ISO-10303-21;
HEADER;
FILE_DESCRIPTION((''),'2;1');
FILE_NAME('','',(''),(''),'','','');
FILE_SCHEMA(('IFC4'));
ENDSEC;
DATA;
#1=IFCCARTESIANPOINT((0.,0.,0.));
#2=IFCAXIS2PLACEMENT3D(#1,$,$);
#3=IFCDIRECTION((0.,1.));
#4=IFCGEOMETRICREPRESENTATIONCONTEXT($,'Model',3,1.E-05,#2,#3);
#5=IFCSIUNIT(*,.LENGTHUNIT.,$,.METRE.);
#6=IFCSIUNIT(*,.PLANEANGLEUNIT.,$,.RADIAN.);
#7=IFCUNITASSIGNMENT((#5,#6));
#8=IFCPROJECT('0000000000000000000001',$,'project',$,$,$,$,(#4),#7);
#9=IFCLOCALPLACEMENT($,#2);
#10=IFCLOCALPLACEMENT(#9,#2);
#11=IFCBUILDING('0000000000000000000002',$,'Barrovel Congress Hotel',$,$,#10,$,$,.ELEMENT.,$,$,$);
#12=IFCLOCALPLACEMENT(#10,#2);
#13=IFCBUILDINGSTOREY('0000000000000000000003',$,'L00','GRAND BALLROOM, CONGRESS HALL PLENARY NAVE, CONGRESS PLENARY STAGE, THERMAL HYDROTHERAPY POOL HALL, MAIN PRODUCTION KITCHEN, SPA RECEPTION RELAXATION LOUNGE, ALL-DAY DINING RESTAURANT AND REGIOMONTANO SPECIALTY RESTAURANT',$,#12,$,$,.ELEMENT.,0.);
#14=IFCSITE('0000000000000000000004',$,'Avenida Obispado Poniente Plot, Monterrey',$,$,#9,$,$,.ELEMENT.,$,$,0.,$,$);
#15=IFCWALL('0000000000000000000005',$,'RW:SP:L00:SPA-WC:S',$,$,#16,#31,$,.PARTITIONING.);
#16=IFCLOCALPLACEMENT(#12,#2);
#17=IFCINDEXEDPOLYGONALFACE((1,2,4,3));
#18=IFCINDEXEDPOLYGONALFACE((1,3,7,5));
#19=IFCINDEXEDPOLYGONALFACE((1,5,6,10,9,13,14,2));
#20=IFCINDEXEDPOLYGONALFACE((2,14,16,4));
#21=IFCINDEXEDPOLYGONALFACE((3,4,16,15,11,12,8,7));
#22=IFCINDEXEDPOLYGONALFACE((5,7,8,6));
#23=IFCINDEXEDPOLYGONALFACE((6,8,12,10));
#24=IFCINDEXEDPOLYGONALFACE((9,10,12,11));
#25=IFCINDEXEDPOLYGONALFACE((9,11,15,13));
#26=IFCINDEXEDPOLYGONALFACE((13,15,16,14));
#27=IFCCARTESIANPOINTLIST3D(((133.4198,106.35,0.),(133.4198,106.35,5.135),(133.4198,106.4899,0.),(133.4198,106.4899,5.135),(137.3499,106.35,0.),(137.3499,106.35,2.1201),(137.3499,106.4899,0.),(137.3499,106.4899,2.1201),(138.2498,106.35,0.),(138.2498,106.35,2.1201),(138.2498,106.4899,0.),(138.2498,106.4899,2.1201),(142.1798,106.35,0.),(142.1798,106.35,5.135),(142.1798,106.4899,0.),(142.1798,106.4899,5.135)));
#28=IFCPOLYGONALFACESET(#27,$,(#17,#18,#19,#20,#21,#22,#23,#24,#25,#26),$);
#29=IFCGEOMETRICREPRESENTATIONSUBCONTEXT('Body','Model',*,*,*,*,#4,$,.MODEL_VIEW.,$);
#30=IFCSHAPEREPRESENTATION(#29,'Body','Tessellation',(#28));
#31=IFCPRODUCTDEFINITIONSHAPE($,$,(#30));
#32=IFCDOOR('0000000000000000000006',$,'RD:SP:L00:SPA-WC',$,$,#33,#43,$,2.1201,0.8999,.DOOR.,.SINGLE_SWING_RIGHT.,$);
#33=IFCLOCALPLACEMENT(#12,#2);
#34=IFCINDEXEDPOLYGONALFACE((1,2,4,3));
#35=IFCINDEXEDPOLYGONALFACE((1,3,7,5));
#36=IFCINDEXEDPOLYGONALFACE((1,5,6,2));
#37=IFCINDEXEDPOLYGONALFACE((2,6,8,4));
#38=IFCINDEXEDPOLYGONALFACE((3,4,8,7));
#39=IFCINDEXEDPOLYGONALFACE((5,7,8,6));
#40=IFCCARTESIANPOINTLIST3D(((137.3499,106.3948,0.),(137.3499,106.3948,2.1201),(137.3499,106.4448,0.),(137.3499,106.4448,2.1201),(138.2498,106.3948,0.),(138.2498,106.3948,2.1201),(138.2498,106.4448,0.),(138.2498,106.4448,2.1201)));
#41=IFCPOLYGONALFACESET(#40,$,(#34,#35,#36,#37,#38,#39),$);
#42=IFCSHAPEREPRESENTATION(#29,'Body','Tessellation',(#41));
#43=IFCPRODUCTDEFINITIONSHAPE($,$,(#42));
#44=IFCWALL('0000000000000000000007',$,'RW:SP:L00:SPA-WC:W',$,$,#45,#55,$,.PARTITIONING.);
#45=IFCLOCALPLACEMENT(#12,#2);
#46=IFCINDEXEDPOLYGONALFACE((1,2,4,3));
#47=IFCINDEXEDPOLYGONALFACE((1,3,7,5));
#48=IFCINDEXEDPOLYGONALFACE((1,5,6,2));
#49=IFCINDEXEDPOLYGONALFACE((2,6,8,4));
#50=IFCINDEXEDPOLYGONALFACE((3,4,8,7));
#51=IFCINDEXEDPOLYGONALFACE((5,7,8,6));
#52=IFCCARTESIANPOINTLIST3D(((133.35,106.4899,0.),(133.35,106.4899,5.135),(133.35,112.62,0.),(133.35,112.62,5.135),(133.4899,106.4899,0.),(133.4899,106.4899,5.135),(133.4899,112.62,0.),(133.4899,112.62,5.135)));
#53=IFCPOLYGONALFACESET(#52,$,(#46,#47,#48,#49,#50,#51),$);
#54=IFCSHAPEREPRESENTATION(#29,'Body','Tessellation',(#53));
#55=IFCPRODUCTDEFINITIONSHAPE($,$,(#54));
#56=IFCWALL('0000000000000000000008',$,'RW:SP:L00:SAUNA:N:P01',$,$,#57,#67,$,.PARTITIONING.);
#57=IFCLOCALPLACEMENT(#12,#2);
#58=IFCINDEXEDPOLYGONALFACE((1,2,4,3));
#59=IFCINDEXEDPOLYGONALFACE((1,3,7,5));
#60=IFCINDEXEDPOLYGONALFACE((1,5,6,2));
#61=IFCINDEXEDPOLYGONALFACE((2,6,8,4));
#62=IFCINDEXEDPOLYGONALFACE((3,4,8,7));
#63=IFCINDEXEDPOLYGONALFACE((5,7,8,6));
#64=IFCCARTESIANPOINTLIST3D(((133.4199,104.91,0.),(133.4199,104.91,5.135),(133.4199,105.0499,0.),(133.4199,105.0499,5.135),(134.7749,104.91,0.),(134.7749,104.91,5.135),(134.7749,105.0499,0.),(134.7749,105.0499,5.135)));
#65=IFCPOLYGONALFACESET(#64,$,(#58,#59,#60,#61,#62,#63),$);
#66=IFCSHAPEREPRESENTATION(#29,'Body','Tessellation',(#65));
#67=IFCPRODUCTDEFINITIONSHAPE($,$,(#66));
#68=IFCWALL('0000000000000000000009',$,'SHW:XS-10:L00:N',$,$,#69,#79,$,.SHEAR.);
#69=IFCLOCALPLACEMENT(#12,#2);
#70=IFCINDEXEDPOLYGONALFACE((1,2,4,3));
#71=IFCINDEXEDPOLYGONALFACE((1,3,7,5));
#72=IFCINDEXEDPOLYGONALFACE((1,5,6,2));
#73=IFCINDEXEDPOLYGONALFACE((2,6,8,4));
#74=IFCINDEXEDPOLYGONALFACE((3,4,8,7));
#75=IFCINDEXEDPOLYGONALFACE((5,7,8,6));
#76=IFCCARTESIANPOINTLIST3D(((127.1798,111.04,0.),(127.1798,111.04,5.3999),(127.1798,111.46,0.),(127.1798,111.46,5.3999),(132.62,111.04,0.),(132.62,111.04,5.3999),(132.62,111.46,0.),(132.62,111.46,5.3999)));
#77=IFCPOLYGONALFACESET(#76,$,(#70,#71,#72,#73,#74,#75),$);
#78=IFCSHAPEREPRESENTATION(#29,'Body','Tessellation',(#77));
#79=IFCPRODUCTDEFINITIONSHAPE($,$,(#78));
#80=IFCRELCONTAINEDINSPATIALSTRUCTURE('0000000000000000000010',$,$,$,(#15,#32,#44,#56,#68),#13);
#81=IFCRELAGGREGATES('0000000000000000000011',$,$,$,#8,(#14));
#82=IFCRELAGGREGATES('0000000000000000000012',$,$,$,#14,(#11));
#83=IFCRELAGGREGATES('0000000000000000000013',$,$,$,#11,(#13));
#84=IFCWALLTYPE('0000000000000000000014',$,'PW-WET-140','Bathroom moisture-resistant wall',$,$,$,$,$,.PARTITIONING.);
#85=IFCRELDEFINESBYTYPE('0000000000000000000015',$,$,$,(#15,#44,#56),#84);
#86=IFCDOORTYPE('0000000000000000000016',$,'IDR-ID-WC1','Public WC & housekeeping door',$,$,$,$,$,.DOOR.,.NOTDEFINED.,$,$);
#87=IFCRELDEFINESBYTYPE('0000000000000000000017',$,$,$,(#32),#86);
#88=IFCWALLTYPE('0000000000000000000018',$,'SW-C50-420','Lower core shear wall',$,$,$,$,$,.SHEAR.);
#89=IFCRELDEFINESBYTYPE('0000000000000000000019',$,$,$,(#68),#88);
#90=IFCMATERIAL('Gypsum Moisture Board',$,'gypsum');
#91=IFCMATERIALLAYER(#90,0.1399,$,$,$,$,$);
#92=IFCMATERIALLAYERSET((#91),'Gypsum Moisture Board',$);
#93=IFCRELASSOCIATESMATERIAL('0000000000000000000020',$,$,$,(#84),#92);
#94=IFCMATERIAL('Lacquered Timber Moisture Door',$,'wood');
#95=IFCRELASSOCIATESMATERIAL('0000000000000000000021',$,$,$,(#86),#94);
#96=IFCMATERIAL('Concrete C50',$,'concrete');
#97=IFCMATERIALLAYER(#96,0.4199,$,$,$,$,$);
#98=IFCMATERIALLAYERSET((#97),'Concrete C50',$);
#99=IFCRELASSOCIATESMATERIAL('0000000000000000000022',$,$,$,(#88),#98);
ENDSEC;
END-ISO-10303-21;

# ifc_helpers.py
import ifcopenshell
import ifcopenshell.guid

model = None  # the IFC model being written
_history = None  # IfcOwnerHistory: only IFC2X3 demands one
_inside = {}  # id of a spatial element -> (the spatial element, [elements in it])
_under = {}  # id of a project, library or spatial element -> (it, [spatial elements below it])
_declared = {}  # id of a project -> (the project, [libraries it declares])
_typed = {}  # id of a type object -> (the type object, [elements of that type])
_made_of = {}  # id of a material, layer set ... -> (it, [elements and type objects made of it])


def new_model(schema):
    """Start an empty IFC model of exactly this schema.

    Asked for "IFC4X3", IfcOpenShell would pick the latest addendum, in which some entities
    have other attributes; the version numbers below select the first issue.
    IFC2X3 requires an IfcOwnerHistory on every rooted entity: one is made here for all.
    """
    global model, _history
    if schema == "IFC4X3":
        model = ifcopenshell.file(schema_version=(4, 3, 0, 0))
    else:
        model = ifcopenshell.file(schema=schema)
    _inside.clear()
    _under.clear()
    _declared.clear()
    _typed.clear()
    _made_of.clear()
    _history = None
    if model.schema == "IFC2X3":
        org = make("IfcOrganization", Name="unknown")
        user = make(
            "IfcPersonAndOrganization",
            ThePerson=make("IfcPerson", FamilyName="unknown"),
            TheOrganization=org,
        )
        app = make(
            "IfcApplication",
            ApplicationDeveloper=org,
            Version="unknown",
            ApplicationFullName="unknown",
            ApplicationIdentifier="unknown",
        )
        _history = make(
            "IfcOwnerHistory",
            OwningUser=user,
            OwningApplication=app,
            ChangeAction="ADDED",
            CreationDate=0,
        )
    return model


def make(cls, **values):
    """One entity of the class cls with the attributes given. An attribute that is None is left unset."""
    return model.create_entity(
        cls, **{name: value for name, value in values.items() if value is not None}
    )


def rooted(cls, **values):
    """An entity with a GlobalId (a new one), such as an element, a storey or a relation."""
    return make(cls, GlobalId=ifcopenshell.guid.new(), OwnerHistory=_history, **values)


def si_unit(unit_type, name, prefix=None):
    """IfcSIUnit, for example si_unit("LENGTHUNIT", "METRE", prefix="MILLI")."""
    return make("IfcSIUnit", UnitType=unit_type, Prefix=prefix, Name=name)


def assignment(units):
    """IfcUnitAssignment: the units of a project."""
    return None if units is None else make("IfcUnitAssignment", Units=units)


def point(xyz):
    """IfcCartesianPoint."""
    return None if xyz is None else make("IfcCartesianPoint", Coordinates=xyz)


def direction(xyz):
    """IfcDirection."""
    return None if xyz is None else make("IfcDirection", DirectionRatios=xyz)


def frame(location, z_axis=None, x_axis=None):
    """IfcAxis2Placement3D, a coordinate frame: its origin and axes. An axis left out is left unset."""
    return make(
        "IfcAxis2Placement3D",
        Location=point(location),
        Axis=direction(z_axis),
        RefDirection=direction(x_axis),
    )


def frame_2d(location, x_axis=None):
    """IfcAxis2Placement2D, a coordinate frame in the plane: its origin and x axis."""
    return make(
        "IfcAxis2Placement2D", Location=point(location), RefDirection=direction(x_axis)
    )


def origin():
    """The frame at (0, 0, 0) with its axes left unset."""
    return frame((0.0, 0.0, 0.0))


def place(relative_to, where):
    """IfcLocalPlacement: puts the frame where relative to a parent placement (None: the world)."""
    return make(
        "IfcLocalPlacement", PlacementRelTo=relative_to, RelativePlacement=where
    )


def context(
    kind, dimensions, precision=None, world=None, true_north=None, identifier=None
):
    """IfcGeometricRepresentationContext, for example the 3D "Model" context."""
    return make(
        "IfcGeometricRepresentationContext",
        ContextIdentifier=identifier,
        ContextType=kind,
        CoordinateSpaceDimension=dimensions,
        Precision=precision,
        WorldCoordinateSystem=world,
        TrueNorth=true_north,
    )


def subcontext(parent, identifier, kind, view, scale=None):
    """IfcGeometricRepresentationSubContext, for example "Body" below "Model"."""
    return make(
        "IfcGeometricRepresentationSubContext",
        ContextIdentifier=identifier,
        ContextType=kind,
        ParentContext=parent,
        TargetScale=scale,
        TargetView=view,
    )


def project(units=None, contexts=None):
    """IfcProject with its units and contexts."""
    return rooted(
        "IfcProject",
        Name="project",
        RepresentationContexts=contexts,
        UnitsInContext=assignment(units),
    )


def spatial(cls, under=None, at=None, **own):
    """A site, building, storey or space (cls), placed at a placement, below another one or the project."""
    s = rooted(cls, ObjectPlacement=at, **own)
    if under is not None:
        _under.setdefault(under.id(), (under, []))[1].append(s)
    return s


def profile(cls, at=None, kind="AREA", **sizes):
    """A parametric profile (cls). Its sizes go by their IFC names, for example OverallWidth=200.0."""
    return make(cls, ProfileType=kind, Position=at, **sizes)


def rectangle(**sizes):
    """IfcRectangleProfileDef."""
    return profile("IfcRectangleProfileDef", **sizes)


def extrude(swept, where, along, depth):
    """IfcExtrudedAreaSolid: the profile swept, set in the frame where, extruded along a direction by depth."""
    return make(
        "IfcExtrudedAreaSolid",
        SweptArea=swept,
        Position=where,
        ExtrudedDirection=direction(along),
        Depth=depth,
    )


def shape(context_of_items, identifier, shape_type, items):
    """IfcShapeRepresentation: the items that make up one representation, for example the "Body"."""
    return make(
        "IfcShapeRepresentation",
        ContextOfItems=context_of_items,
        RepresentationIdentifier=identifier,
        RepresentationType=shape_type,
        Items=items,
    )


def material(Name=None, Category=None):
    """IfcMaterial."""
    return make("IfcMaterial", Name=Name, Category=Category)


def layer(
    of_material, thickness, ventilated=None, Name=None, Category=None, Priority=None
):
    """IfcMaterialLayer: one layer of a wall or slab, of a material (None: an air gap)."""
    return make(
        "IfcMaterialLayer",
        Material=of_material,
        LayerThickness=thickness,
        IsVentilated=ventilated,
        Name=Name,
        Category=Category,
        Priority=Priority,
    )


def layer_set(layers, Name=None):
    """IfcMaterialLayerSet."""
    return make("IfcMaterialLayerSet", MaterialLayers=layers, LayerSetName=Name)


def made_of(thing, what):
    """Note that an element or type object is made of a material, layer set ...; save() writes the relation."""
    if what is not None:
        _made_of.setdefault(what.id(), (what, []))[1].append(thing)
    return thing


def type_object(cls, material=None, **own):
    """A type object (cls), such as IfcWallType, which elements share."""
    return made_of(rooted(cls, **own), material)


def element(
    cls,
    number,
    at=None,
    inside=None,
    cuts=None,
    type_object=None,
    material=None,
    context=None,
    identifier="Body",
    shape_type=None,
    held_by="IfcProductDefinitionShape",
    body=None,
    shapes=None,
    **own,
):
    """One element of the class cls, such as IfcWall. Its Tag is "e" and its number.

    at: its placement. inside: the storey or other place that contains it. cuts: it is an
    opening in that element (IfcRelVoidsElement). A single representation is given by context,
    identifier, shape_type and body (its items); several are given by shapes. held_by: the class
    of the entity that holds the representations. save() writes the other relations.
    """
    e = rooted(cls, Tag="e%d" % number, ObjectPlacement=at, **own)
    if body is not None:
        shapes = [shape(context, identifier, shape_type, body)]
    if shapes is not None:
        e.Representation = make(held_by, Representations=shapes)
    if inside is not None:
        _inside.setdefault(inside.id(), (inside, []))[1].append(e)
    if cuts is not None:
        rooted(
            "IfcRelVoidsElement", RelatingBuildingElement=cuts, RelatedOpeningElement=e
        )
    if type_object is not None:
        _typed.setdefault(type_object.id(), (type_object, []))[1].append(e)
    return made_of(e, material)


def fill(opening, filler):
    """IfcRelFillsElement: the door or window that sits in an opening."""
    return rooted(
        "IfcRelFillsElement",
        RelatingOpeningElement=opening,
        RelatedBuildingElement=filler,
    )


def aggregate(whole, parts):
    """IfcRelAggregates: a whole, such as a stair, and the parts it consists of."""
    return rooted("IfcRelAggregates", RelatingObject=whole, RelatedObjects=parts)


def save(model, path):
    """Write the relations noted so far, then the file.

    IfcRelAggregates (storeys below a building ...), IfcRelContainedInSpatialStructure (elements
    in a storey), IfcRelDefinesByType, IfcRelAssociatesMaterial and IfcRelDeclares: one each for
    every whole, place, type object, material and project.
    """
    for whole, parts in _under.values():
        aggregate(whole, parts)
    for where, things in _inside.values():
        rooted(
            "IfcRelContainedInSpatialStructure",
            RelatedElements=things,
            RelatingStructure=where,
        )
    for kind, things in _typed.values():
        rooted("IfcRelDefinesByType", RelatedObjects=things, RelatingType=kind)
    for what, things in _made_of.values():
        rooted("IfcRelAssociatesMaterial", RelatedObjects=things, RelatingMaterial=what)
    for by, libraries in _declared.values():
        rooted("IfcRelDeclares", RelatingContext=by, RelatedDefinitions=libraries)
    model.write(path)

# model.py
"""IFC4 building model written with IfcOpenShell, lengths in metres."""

from ifc_helpers import new_model, si_unit, direction, frame, frame_2d, origin, place, context, subcontext, project, spatial, rectangle, extrude, material, layer, layer_set, type_object, element, fill, save


model = new_model("IFC4")

# Units and contexts
model_context = context("Model", 3, precision=1e-05, world=origin(), true_north=direction((0.0, 1.0)))
body_context = subcontext(model_context, "Body", "Model", "MODEL_VIEW")
ifc_project = project(units=[si_unit("LENGTHUNIT", "METRE"), si_unit("PLANEANGLEUNIT", "RADIAN")], contexts=[model_context])

# Site, building, storey
site_placement = place(None, origin())
site = spatial("IfcSite", under=ifc_project, at=site_placement, Name="Avenida Obispado Poniente Plot, Monterrey", CompositionType="ELEMENT", RefElevation=0.0)
building_placement = place(site_placement, origin())
building = spatial("IfcBuilding", under=site, at=building_placement, Name="Barrovel Congress Hotel", CompositionType="ELEMENT")
storey_placement = place(building_placement, origin())
storey = spatial("IfcBuildingStorey", under=building, at=storey_placement, Name="L00", Description="GRAND BALLROOM, CONGRESS HALL PLENARY NAVE, CONGRESS PLENARY STAGE, THERMAL HYDROTHERAPY POOL HALL, MAIN PRODUCTION KITCHEN, SPA RECEPTION RELAXATION LOUNGE, ALL-DAY DINING RESTAURANT AND REGIOMONTANO SPECIALTY RESTAURANT", CompositionType="ELEMENT", Elevation=0.0)

# Wall, opening, door
ifc_material_1 = material(Name="Gypsum Moisture Board", Category="gypsum")
ifc_layer_1 = layer(ifc_material_1, 0.1399)
ifc_layer_set_1 = layer_set([ifc_layer_1], Name="Gypsum Moisture Board")
wall_type_1 = type_object("IfcWallType", Name="PW-WET-140", Description="Bathroom moisture-resistant wall", PredefinedType="PARTITIONING", material=ifc_layer_set_1)
ifc_material_2 = material(Name="Lacquered Timber Moisture Door", Category="wood")
door_type = type_object("IfcDoorType", Name="IDR-ID-WC1", Description="Public WC & housekeeping door", OperationType="NOTDEFINED", PredefinedType="DOOR", material=ifc_material_2)
wall_1_placement = place(storey_placement, frame((133.4199, 106.4199, 0.0), z_axis=(0.0, 0.0, 1.0), x_axis=(1.0, 0.0, 0.0)))
wall_1 = element("IfcWall", 1, at=wall_1_placement, inside=storey, type_object=wall_type_1, Name="RW:SP:L00:SPA-WC:S", PredefinedType="PARTITIONING", context=body_context, shape_type="SweptSolid", body=[
    extrude(rectangle(XDim=8.76, YDim=0.1399, at=frame_2d((4.3799, 0.0))), origin(), (0.0, 0.0, 1.0), 5.135),
])
opening_1_placement = place(wall_1_placement, frame((3.9299, 0.0, 0.0)))
opening_1 = element("IfcOpeningElement", 2, at=opening_1_placement, cuts=wall_1, PredefinedType="OPENING", context=body_context, shape_type="SweptSolid", body=[
    extrude(rectangle(XDim=0.8999, YDim=2.1201, at=frame_2d((0.45, 1.0601))), frame((0.0, 0.0801, 0.0), z_axis=(0.0, -1.0, 0.0), x_axis=(1.0, 0.0, 0.0)), (0.0, 0.0, 1.0), 0.1599),
])
door_1_placement = place(opening_1_placement, origin())
door_1 = element("IfcDoor", 3, at=door_1_placement, inside=storey, type_object=door_type, Name="RD:SP:L00:SPA-WC", OperationType="SINGLE_SWING_RIGHT", OverallHeight=2.1201, OverallWidth=0.8999, PredefinedType="DOOR", context=body_context, shape_type="SweptSolid", body=[
    extrude(rectangle(XDim=0.8999, YDim=2.1201, at=frame_2d((0.45, 1.0601))), frame((0.0, 0.0249, 0.0), z_axis=(0.0, -1.0, 0.0), x_axis=(1.0, 0.0, 0.0)), (0.0, 0.0, 1.0), 0.05),
])
fill(opening_1, door_1)

# Walls
wall_2_placement = place(storey_placement, frame((133.4199, 106.49, 0.0), z_axis=(0.0, 0.0, 1.0), x_axis=(0.0, 1.0, 0.0)))
element("IfcWall", 4, at=wall_2_placement, inside=storey, type_object=wall_type_1, Name="RW:SP:L00:SPA-WC:W", PredefinedType="PARTITIONING", context=body_context, shape_type="SweptSolid", body=[
    extrude(rectangle(XDim=6.1301, YDim=0.1399, at=frame_2d((3.0649, 0.0))), origin(), (0.0, 0.0, 1.0), 5.135),
])
wall_3_placement = place(storey_placement, frame((133.4199, 104.98, 0.0), z_axis=(0.0, 0.0, 1.0), x_axis=(1.0, 0.0, 0.0)))
element("IfcWall", 5, at=wall_3_placement, inside=storey, type_object=wall_type_1, Name="RW:SP:L00:SAUNA:N:P01", PredefinedType="PARTITIONING", context=body_context, shape_type="SweptSolid", body=[
    extrude(rectangle(XDim=1.355, YDim=0.1399, at=frame_2d((0.6775, 0.0))), origin(), (0.0, 0.0, 1.0), 5.135),
])
ifc_material_3 = material(Name="Concrete C50", Category="concrete")
ifc_layer_2 = layer(ifc_material_3, 0.4199)
ifc_layer_set_2 = layer_set([ifc_layer_2], Name="Concrete C50")
wall_type_2 = type_object("IfcWallType", Name="SW-C50-420", Description="Lower core shear wall", PredefinedType="SHEAR", material=ifc_layer_set_2)
wall_4_placement = place(storey_placement, frame((132.6201, 111.25, 0.0), z_axis=(0.0, 0.0, 1.0), x_axis=(-1.0, 0.0, 0.0)))
element("IfcWall", 6, at=wall_4_placement, inside=storey, type_object=wall_type_2, Name="SHW:XS-10:L00:N", PredefinedType="SHEAR", context=body_context, shape_type="SweptSolid", body=[
    extrude(rectangle(XDim=5.4402, YDim=0.4199, at=frame_2d((2.7202, 0.0))), origin(), (0.0, 0.0, 1.0), 5.3999),
])

save(model, "model.ifc")
